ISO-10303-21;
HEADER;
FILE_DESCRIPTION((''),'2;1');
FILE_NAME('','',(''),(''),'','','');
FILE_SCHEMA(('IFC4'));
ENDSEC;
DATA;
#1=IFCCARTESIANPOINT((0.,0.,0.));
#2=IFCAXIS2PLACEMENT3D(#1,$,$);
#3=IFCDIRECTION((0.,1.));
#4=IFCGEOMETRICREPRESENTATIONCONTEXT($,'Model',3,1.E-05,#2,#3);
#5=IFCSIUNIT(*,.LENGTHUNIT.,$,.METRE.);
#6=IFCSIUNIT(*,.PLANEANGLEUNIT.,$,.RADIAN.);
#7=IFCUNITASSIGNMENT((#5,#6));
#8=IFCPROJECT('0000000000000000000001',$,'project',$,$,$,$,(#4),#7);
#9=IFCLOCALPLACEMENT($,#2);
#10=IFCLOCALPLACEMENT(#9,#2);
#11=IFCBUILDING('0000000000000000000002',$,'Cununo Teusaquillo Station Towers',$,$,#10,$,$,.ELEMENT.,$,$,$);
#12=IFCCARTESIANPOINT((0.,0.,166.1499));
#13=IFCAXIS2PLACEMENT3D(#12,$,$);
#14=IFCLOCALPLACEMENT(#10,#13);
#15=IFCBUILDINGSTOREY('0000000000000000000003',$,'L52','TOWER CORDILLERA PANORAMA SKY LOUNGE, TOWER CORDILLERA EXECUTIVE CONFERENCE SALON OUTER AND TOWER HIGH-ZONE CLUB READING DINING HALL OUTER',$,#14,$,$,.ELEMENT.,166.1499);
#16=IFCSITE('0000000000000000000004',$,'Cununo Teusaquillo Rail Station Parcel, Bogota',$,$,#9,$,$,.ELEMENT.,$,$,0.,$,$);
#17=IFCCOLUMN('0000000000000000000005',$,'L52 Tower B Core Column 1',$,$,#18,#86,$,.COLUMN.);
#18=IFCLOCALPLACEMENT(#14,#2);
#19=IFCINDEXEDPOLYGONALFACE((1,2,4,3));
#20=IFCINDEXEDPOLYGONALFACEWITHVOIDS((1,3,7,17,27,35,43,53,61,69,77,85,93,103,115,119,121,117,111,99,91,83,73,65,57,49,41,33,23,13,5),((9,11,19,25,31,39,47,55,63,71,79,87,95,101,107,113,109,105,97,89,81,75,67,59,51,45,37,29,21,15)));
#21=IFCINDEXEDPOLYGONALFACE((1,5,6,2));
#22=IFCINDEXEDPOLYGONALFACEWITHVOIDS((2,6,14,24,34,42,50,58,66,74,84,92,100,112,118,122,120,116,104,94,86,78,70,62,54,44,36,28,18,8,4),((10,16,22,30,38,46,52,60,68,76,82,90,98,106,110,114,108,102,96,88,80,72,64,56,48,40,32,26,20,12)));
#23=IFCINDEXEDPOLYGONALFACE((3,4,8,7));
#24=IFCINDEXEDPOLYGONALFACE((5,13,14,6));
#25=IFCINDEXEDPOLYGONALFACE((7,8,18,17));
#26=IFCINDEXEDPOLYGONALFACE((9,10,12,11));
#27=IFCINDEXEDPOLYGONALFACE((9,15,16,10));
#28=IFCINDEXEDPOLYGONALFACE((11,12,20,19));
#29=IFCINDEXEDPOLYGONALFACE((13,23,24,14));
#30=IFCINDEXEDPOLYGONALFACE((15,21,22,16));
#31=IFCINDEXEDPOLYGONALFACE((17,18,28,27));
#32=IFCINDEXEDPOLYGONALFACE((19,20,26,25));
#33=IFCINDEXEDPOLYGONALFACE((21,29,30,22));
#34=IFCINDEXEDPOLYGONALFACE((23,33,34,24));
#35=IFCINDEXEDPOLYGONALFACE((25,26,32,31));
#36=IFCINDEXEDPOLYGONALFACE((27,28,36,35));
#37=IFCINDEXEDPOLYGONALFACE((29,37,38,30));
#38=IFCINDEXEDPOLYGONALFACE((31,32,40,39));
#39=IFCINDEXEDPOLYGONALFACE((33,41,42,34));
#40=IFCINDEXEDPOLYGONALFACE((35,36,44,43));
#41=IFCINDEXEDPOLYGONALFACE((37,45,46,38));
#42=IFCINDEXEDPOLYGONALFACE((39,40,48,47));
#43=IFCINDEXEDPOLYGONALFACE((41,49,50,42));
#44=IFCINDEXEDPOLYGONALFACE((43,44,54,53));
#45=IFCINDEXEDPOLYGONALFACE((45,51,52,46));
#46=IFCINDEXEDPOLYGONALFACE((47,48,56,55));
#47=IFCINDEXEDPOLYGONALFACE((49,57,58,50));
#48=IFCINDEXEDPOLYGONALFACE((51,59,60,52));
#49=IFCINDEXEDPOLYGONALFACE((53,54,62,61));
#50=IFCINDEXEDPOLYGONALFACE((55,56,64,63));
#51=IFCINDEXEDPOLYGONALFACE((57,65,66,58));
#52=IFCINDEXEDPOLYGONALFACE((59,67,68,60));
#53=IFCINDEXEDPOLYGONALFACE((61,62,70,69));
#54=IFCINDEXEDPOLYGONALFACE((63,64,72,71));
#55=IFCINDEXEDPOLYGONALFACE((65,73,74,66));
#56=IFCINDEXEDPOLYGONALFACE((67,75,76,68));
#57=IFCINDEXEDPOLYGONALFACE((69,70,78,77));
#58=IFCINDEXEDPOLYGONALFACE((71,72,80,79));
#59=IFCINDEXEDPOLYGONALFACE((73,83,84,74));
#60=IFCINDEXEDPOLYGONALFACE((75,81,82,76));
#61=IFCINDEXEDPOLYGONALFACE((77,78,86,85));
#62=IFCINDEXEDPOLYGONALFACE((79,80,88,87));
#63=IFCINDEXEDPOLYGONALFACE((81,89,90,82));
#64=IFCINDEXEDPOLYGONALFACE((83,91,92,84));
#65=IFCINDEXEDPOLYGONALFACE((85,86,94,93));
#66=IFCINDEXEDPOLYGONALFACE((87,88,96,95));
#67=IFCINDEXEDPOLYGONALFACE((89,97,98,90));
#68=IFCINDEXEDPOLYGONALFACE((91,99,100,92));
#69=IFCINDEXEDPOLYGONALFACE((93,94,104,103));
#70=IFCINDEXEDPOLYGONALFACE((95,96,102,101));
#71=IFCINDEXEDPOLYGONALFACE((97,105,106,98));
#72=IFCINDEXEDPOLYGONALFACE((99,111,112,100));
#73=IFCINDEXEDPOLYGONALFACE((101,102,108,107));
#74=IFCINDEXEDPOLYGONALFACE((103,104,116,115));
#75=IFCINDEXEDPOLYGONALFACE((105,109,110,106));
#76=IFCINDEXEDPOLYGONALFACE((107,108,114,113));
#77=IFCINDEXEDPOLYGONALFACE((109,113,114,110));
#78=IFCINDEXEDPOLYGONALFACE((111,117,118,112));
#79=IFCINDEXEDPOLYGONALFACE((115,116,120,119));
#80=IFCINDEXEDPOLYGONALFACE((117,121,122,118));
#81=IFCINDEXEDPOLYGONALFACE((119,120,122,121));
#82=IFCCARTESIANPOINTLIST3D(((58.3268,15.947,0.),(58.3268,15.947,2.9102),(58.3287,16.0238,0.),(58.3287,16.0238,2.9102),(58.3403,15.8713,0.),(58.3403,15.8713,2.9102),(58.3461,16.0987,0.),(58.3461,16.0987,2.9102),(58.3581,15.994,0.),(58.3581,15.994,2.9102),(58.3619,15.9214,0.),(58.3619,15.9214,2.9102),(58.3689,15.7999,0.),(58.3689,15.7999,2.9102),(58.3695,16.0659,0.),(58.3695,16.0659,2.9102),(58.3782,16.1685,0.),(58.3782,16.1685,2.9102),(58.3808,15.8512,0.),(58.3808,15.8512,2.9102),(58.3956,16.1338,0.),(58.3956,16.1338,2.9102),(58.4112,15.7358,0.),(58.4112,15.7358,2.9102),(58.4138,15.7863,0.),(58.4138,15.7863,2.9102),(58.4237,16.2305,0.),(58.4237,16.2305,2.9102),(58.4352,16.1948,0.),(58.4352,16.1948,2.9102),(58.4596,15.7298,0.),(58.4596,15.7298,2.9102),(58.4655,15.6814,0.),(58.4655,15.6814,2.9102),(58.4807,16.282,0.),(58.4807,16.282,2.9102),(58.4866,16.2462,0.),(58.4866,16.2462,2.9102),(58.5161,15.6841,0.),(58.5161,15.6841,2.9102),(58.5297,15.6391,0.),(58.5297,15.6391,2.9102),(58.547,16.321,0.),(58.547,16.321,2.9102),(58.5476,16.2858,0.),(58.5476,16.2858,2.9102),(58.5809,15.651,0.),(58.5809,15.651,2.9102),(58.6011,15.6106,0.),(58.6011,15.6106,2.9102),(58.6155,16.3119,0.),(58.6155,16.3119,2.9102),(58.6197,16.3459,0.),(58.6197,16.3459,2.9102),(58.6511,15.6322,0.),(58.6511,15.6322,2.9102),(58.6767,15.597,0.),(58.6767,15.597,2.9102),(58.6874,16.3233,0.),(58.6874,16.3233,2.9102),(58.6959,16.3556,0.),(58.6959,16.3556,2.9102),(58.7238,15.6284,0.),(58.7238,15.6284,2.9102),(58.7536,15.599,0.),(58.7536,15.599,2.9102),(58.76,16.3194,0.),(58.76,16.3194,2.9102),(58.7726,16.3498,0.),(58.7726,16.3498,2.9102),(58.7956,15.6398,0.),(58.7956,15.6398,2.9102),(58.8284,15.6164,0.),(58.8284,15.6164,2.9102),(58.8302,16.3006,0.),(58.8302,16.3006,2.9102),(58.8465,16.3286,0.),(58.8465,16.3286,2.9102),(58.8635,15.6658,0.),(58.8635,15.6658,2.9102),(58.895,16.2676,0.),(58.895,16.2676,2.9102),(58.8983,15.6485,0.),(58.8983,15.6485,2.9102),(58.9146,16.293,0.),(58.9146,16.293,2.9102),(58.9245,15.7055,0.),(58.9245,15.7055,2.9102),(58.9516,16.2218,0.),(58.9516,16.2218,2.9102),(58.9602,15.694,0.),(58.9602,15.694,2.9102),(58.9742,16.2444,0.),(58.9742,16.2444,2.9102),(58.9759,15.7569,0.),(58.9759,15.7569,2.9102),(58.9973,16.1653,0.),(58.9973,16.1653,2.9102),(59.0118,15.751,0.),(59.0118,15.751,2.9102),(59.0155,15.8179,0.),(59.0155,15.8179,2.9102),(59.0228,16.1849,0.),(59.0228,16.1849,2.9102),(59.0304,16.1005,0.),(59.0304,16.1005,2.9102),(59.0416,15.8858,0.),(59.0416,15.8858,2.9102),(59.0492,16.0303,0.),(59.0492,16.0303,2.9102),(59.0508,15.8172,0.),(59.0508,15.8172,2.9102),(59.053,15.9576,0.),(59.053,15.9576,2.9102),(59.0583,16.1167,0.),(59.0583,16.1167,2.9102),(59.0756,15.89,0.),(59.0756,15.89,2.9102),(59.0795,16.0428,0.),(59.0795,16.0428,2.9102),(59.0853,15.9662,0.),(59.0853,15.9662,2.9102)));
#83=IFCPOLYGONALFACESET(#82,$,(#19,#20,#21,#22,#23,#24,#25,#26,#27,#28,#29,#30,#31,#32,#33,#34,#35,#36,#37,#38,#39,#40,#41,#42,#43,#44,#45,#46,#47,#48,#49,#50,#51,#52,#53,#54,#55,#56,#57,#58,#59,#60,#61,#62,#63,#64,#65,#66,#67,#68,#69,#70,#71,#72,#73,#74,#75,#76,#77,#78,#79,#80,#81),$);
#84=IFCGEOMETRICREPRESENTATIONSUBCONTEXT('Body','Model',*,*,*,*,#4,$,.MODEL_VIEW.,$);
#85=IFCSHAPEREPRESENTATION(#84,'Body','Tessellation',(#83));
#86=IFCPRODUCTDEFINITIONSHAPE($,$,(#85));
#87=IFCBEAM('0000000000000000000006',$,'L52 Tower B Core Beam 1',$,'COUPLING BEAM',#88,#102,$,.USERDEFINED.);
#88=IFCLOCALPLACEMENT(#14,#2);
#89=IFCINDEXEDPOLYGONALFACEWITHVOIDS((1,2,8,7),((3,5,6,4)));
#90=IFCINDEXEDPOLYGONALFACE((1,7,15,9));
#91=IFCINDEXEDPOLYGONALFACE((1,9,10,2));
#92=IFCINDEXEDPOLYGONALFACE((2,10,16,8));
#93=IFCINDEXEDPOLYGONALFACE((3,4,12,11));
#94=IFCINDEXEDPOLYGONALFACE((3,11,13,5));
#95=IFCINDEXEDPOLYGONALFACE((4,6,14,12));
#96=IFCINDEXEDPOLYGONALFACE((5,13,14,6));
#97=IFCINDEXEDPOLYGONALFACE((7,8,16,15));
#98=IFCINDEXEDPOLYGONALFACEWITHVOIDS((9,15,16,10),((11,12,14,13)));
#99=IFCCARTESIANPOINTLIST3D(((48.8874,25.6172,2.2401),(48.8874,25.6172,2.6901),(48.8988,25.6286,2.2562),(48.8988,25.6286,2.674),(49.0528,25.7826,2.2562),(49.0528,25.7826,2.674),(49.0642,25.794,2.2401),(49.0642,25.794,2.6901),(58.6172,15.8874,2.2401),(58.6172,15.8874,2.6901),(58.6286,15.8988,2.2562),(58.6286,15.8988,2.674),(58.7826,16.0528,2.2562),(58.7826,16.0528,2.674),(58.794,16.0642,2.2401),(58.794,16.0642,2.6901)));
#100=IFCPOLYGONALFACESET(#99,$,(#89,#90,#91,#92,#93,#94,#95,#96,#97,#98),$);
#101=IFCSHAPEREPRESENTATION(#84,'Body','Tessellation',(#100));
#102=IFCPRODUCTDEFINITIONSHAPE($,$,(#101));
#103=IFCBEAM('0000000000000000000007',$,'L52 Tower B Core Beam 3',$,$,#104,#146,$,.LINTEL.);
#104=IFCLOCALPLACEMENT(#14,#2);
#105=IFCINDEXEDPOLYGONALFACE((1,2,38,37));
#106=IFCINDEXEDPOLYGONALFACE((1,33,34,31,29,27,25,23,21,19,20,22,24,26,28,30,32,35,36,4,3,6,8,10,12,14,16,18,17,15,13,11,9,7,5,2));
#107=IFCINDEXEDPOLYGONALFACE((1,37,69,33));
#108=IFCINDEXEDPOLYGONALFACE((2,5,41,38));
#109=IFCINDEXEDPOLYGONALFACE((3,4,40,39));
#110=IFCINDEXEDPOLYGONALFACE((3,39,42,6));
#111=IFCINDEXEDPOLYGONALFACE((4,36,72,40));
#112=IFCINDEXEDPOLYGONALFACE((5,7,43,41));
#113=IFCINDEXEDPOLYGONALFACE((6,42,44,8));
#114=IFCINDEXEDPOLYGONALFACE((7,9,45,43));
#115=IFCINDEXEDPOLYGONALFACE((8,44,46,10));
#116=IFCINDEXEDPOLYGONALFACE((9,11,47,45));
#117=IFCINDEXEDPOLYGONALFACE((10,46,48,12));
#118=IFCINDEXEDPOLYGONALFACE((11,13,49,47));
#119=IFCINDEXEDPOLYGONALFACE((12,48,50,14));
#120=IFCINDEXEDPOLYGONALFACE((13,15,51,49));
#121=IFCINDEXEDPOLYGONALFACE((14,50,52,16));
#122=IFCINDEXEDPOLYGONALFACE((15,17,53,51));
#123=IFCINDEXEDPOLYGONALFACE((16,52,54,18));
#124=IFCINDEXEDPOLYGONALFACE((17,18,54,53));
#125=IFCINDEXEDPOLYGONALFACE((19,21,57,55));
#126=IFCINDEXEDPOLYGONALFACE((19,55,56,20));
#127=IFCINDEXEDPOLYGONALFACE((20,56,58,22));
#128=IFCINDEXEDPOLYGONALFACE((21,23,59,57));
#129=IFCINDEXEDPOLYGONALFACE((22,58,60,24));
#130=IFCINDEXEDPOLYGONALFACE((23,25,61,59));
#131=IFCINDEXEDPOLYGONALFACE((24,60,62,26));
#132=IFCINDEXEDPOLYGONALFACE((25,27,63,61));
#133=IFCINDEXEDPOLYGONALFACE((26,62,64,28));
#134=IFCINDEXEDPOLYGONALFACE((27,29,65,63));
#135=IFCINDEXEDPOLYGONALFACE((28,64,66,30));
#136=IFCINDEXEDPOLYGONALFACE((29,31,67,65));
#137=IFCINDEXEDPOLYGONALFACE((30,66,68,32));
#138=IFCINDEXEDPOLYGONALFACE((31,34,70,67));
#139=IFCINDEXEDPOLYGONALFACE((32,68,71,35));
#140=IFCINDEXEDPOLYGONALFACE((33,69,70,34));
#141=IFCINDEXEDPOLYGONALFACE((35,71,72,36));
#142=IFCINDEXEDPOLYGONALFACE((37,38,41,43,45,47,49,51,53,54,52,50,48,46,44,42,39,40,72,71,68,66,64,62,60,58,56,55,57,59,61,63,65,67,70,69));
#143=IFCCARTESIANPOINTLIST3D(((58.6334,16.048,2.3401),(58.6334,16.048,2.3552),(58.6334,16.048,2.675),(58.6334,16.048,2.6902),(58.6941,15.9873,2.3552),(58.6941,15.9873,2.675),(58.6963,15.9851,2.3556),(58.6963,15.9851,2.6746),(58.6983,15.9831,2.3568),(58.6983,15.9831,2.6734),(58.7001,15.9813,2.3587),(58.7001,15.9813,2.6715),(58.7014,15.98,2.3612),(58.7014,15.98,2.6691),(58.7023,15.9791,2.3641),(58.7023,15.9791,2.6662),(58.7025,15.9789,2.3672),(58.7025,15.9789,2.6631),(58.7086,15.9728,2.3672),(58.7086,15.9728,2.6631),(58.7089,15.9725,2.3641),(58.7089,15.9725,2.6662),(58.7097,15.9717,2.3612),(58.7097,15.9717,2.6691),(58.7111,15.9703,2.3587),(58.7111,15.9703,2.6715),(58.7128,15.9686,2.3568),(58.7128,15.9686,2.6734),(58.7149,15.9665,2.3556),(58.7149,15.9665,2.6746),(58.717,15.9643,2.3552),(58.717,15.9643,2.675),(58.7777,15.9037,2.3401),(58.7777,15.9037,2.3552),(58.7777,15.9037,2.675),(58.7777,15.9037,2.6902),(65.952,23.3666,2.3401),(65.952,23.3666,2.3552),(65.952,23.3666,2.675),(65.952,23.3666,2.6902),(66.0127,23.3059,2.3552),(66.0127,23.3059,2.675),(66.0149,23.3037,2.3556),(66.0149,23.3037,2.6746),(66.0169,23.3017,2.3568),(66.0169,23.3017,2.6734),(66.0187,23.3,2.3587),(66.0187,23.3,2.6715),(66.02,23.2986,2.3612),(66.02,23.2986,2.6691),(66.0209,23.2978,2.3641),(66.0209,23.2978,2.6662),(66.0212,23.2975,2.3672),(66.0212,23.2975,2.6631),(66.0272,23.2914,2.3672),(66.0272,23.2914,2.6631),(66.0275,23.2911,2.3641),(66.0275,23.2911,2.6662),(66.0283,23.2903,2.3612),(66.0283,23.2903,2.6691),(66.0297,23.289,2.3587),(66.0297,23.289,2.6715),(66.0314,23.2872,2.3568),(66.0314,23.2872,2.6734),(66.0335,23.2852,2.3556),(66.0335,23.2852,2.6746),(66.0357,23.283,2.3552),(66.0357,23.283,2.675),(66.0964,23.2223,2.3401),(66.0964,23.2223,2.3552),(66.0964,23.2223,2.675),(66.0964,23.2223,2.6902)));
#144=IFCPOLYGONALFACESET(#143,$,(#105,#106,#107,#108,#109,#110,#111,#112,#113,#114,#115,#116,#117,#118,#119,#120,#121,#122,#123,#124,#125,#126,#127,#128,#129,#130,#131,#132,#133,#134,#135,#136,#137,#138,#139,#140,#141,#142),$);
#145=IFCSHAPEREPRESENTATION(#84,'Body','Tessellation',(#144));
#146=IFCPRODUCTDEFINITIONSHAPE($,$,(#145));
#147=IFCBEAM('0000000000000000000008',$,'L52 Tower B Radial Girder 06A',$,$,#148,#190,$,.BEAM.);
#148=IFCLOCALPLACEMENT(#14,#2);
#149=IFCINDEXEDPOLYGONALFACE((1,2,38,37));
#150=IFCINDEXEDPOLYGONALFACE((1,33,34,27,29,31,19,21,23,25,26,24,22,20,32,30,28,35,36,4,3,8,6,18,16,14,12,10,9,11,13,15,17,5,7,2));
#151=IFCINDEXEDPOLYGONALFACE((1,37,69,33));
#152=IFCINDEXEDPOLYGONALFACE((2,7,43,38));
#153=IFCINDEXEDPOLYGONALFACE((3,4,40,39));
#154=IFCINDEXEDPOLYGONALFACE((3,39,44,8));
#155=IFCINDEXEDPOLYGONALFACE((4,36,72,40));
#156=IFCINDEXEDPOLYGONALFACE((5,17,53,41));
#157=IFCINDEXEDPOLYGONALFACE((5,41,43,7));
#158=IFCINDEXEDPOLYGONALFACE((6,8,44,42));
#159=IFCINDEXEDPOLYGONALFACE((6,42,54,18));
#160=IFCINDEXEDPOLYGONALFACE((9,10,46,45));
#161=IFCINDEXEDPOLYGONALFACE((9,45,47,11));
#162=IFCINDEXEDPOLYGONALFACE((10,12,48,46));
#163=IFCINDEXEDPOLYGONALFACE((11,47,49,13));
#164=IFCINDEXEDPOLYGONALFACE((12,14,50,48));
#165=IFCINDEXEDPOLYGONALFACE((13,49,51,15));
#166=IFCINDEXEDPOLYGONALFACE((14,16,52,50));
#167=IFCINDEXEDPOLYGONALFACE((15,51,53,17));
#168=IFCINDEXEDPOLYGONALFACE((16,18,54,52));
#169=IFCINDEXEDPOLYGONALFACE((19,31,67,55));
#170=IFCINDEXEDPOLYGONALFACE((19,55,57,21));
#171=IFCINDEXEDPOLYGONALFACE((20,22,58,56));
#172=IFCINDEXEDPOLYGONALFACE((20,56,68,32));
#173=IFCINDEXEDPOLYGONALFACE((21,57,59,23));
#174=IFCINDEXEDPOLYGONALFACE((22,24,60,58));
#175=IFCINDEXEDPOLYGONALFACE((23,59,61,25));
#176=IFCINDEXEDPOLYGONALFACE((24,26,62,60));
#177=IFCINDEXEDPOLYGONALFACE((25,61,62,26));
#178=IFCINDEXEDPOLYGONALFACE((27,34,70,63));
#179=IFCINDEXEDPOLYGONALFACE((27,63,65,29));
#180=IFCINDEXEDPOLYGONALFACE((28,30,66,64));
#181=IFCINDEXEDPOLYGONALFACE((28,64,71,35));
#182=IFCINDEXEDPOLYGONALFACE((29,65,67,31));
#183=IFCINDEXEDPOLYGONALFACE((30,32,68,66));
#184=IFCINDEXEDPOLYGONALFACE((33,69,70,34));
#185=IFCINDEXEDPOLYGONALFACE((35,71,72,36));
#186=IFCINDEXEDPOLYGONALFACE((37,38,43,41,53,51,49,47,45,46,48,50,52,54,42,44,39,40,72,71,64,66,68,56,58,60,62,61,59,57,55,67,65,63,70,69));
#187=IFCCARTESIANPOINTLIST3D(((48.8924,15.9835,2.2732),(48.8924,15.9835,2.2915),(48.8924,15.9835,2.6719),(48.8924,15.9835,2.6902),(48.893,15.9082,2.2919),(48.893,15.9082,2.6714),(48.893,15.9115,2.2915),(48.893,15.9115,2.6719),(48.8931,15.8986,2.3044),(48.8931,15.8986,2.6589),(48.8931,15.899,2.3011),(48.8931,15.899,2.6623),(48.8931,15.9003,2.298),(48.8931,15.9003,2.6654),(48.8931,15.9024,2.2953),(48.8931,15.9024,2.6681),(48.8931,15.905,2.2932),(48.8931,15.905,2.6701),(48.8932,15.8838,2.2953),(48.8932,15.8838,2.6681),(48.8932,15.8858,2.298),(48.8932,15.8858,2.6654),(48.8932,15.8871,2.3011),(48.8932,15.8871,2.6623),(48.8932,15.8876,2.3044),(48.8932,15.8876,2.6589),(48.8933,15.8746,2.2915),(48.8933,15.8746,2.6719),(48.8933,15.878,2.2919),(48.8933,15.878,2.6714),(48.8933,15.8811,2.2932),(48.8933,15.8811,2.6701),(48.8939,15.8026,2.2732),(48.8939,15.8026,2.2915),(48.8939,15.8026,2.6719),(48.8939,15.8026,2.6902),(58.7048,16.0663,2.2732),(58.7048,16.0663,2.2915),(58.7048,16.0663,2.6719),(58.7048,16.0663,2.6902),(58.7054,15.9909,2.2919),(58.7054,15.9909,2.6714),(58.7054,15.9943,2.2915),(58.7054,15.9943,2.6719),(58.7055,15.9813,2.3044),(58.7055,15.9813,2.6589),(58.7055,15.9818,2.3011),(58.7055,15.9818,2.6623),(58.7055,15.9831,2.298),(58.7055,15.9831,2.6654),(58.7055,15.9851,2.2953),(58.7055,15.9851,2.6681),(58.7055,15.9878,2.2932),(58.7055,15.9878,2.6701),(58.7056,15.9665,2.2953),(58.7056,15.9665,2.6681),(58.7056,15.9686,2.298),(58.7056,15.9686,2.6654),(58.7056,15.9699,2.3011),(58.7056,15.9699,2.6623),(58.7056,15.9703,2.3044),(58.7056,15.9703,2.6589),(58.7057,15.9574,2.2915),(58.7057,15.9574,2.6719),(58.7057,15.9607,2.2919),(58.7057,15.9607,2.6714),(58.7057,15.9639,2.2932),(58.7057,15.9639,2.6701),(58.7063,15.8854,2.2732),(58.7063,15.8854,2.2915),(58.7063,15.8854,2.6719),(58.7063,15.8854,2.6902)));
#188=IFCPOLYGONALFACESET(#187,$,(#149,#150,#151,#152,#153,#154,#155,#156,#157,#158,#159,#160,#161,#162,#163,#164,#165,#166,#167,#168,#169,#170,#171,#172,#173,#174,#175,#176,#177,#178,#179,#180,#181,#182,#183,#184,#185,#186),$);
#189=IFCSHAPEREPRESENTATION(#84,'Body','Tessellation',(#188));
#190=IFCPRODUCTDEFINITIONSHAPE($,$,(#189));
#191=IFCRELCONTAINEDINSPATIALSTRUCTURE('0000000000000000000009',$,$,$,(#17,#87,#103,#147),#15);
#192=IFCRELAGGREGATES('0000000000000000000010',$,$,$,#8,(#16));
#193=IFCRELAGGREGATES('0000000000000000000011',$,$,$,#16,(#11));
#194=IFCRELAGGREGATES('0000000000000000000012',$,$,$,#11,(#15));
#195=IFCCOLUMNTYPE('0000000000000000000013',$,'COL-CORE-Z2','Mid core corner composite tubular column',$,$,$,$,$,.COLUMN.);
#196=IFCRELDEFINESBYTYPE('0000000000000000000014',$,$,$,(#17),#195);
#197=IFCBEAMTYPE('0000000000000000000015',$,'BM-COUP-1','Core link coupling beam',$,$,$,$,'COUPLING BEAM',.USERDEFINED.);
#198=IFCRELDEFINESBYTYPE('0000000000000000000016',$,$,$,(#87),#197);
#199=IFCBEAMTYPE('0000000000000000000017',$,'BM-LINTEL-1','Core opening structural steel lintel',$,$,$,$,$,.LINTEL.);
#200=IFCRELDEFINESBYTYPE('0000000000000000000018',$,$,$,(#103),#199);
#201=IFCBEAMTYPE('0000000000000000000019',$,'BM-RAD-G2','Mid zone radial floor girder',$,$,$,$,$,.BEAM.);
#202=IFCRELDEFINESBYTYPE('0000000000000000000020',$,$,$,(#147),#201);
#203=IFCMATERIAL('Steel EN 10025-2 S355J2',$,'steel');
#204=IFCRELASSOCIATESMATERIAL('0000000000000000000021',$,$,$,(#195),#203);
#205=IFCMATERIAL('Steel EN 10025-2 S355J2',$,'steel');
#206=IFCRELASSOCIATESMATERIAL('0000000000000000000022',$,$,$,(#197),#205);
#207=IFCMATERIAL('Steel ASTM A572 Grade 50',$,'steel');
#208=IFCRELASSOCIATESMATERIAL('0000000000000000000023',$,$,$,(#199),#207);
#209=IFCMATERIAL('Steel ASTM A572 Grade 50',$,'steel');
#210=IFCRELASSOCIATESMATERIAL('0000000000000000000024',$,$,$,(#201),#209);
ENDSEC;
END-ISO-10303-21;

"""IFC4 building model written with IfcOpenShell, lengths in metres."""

from ifc_helpers import new_model, si_unit, direction, frame, origin, origin_2d, place, context, subcontext, project, spatial, hollow_rectangle, hollow_circle, i_section, extrude, material, material_profile, profile_set, type_object, element, save


model = new_model("IFC4")

# Units and contexts
model_context = context("Model", 3, precision=1e-05, world=origin(), true_north=direction((0.0, 1.0)))
body_context = subcontext(model_context, "Body", "Model", "MODEL_VIEW")
ifc_project = project(units=[si_unit("LENGTHUNIT", "METRE"), si_unit("PLANEANGLEUNIT", "RADIAN")], contexts=[model_context])

# Site, building, storey
site_placement = place(None, origin())
site = spatial("IfcSite", under=ifc_project, at=site_placement, Name="Cununo Teusaquillo Rail Station Parcel, Bogota", CompositionType="ELEMENT", RefElevation=0.0)
building_placement = place(site_placement, origin())
building = spatial("IfcBuilding", under=site, at=building_placement, Name="Cununo Teusaquillo Station Towers", CompositionType="ELEMENT")
storey_placement = place(building_placement, frame((0.0, 0.0, 166.1499)))
storey = spatial("IfcBuildingStorey", under=building, at=storey_placement, Name="L52", Description="TOWER CORDILLERA PANORAMA SKY LOUNGE, TOWER CORDILLERA EXECUTIVE CONFERENCE SALON OUTER AND TOWER HIGH-ZONE CLUB READING DINING HALL OUTER", CompositionType="ELEMENT", Elevation=166.1499)

# Column
ifc_material_1 = material(Name="Steel EN 10025-2 S355J2", Category="steel")
ifc_material_profile_1 = material_profile(ifc_material_1, hollow_circle(Radius=0.3799, WallThickness=0.032, at=origin_2d()), Name="CHS 760x32")
ifc_profile_set_1 = profile_set([ifc_material_profile_1], Name="Steel EN 10025-2 S355J2")
column_type = type_object("IfcColumnType", Name="COL-CORE-Z2", Description="Mid core corner composite tubular column", PredefinedType="COLUMN", material=ifc_profile_set_1)
column_placement = place(storey_placement, frame((58.7056, 15.9758, 0.0), z_axis=(0.0, 0.0, 1.0), x_axis=(0.707107, 0.707107, 0.0)))
element("IfcColumn", 1, at=column_placement, inside=storey, type_object=column_type, Name="L52 Tower B Core Column 1", PredefinedType="COLUMN", context=body_context, shape_type="SweptSolid", body=[
    extrude(hollow_circle(Radius=0.3799, WallThickness=0.032, at=origin_2d()), origin(), (0.0, 0.0, 1.0), 2.9102),
])

# Beams
ifc_material_2 = material(Name="Steel EN 10025-2 S355J2", Category="steel")
ifc_material_profile_2 = material_profile(ifc_material_2, hollow_rectangle(XDim=0.25, YDim=0.45, WallThickness=0.0161, at=origin_2d()), Name="RHS 450x250x16")
ifc_profile_set_2 = profile_set([ifc_material_profile_2], Name="Steel EN 10025-2 S355J2")
beam_type_1 = type_object("IfcBeamType", Name="BM-COUP-1", Description="Core link coupling beam", ElementType="COUPLING BEAM", PredefinedType="USERDEFINED", material=ifc_profile_set_2)
beam_1_placement = place(storey_placement, frame((58.7056, 15.9758, 2.4651), z_axis=(-0.707107, 0.707107, 0.0), x_axis=(-0.707107, -0.707107, 0.0)))
element("IfcBeam", 2, at=beam_1_placement, inside=storey, type_object=beam_type_1, Name="L52 Tower B Core Beam 1", ObjectType="COUPLING BEAM", PredefinedType="USERDEFINED", context=body_context, shape_type="SweptSolid", body=[
    extrude(hollow_rectangle(XDim=0.25, YDim=0.45, WallThickness=0.0161, at=origin_2d()), origin(), (0.0, 0.0, 1.0), 13.76),
])
ifc_material_3 = material(Name="Steel ASTM A572 Grade 50", Category="steel")
ifc_material_profile_3 = material_profile(ifc_material_3, i_section(OverallWidth=0.2041, OverallDepth=0.3501, WebThickness=0.0085, FlangeThickness=0.0151, FilletRadius=0.012, at=origin_2d()), Name="W14X48")
ifc_profile_set_3 = profile_set([ifc_material_profile_3], Name="Steel ASTM A572 Grade 50")
beam_type_2 = type_object("IfcBeamType", Name="BM-LINTEL-1", Description="Core opening structural steel lintel", PredefinedType="LINTEL", material=ifc_profile_set_3)
beam_2_placement = place(storey_placement, frame((58.7056, 15.9758, 2.5151), z_axis=(0.707107, 0.707107, 0.0), x_axis=(-0.707107, 0.707107, 0.0)))
element("IfcBeam", 3, at=beam_2_placement, inside=storey, type_object=beam_type_2, Name="L52 Tower B Core Beam 3", PredefinedType="LINTEL", context=body_context, shape_type="SweptSolid", body=[
    extrude(i_section(OverallWidth=0.2041, OverallDepth=0.3501, WebThickness=0.0085, FlangeThickness=0.0151, FilletRadius=0.012, at=origin_2d()), origin(), (0.0, 0.0, 1.0), 10.3501),
])
ifc_material_4 = material(Name="Steel ASTM A572 Grade 50", Category="steel")
ifc_material_profile_4 = material_profile(ifc_material_4, i_section(OverallWidth=0.1809, OverallDepth=0.417, WebThickness=0.011, FlangeThickness=0.0183, FilletRadius=0.0129, at=origin_2d()), Name="W16X57")
ifc_profile_set_4 = profile_set([ifc_material_profile_4], Name="Steel ASTM A572 Grade 50")
beam_type_3 = type_object("IfcBeamType", Name="BM-RAD-G2", Description="Mid zone radial floor girder", PredefinedType="BEAM", material=ifc_profile_set_4)
beam_3_placement = place(storey_placement, frame((58.7056, 15.9758, 2.4817), z_axis=(-0.999964, -0.008434, 0.0), x_axis=(0.008434, -0.999964, 0.0)))
element("IfcBeam", 4, at=beam_3_placement, inside=storey, type_object=beam_type_3, Name="L52 Tower B Radial Girder 06A", PredefinedType="BEAM", context=body_context, shape_type="SweptSolid", body=[
    extrude(i_section(OverallWidth=0.1809, OverallDepth=0.417, WebThickness=0.011, FlangeThickness=0.0183, FilletRadius=0.0129, at=origin_2d()), origin(), (0.0, 0.0, 1.0), 9.8127),
])

save(model, "model.ifc")
